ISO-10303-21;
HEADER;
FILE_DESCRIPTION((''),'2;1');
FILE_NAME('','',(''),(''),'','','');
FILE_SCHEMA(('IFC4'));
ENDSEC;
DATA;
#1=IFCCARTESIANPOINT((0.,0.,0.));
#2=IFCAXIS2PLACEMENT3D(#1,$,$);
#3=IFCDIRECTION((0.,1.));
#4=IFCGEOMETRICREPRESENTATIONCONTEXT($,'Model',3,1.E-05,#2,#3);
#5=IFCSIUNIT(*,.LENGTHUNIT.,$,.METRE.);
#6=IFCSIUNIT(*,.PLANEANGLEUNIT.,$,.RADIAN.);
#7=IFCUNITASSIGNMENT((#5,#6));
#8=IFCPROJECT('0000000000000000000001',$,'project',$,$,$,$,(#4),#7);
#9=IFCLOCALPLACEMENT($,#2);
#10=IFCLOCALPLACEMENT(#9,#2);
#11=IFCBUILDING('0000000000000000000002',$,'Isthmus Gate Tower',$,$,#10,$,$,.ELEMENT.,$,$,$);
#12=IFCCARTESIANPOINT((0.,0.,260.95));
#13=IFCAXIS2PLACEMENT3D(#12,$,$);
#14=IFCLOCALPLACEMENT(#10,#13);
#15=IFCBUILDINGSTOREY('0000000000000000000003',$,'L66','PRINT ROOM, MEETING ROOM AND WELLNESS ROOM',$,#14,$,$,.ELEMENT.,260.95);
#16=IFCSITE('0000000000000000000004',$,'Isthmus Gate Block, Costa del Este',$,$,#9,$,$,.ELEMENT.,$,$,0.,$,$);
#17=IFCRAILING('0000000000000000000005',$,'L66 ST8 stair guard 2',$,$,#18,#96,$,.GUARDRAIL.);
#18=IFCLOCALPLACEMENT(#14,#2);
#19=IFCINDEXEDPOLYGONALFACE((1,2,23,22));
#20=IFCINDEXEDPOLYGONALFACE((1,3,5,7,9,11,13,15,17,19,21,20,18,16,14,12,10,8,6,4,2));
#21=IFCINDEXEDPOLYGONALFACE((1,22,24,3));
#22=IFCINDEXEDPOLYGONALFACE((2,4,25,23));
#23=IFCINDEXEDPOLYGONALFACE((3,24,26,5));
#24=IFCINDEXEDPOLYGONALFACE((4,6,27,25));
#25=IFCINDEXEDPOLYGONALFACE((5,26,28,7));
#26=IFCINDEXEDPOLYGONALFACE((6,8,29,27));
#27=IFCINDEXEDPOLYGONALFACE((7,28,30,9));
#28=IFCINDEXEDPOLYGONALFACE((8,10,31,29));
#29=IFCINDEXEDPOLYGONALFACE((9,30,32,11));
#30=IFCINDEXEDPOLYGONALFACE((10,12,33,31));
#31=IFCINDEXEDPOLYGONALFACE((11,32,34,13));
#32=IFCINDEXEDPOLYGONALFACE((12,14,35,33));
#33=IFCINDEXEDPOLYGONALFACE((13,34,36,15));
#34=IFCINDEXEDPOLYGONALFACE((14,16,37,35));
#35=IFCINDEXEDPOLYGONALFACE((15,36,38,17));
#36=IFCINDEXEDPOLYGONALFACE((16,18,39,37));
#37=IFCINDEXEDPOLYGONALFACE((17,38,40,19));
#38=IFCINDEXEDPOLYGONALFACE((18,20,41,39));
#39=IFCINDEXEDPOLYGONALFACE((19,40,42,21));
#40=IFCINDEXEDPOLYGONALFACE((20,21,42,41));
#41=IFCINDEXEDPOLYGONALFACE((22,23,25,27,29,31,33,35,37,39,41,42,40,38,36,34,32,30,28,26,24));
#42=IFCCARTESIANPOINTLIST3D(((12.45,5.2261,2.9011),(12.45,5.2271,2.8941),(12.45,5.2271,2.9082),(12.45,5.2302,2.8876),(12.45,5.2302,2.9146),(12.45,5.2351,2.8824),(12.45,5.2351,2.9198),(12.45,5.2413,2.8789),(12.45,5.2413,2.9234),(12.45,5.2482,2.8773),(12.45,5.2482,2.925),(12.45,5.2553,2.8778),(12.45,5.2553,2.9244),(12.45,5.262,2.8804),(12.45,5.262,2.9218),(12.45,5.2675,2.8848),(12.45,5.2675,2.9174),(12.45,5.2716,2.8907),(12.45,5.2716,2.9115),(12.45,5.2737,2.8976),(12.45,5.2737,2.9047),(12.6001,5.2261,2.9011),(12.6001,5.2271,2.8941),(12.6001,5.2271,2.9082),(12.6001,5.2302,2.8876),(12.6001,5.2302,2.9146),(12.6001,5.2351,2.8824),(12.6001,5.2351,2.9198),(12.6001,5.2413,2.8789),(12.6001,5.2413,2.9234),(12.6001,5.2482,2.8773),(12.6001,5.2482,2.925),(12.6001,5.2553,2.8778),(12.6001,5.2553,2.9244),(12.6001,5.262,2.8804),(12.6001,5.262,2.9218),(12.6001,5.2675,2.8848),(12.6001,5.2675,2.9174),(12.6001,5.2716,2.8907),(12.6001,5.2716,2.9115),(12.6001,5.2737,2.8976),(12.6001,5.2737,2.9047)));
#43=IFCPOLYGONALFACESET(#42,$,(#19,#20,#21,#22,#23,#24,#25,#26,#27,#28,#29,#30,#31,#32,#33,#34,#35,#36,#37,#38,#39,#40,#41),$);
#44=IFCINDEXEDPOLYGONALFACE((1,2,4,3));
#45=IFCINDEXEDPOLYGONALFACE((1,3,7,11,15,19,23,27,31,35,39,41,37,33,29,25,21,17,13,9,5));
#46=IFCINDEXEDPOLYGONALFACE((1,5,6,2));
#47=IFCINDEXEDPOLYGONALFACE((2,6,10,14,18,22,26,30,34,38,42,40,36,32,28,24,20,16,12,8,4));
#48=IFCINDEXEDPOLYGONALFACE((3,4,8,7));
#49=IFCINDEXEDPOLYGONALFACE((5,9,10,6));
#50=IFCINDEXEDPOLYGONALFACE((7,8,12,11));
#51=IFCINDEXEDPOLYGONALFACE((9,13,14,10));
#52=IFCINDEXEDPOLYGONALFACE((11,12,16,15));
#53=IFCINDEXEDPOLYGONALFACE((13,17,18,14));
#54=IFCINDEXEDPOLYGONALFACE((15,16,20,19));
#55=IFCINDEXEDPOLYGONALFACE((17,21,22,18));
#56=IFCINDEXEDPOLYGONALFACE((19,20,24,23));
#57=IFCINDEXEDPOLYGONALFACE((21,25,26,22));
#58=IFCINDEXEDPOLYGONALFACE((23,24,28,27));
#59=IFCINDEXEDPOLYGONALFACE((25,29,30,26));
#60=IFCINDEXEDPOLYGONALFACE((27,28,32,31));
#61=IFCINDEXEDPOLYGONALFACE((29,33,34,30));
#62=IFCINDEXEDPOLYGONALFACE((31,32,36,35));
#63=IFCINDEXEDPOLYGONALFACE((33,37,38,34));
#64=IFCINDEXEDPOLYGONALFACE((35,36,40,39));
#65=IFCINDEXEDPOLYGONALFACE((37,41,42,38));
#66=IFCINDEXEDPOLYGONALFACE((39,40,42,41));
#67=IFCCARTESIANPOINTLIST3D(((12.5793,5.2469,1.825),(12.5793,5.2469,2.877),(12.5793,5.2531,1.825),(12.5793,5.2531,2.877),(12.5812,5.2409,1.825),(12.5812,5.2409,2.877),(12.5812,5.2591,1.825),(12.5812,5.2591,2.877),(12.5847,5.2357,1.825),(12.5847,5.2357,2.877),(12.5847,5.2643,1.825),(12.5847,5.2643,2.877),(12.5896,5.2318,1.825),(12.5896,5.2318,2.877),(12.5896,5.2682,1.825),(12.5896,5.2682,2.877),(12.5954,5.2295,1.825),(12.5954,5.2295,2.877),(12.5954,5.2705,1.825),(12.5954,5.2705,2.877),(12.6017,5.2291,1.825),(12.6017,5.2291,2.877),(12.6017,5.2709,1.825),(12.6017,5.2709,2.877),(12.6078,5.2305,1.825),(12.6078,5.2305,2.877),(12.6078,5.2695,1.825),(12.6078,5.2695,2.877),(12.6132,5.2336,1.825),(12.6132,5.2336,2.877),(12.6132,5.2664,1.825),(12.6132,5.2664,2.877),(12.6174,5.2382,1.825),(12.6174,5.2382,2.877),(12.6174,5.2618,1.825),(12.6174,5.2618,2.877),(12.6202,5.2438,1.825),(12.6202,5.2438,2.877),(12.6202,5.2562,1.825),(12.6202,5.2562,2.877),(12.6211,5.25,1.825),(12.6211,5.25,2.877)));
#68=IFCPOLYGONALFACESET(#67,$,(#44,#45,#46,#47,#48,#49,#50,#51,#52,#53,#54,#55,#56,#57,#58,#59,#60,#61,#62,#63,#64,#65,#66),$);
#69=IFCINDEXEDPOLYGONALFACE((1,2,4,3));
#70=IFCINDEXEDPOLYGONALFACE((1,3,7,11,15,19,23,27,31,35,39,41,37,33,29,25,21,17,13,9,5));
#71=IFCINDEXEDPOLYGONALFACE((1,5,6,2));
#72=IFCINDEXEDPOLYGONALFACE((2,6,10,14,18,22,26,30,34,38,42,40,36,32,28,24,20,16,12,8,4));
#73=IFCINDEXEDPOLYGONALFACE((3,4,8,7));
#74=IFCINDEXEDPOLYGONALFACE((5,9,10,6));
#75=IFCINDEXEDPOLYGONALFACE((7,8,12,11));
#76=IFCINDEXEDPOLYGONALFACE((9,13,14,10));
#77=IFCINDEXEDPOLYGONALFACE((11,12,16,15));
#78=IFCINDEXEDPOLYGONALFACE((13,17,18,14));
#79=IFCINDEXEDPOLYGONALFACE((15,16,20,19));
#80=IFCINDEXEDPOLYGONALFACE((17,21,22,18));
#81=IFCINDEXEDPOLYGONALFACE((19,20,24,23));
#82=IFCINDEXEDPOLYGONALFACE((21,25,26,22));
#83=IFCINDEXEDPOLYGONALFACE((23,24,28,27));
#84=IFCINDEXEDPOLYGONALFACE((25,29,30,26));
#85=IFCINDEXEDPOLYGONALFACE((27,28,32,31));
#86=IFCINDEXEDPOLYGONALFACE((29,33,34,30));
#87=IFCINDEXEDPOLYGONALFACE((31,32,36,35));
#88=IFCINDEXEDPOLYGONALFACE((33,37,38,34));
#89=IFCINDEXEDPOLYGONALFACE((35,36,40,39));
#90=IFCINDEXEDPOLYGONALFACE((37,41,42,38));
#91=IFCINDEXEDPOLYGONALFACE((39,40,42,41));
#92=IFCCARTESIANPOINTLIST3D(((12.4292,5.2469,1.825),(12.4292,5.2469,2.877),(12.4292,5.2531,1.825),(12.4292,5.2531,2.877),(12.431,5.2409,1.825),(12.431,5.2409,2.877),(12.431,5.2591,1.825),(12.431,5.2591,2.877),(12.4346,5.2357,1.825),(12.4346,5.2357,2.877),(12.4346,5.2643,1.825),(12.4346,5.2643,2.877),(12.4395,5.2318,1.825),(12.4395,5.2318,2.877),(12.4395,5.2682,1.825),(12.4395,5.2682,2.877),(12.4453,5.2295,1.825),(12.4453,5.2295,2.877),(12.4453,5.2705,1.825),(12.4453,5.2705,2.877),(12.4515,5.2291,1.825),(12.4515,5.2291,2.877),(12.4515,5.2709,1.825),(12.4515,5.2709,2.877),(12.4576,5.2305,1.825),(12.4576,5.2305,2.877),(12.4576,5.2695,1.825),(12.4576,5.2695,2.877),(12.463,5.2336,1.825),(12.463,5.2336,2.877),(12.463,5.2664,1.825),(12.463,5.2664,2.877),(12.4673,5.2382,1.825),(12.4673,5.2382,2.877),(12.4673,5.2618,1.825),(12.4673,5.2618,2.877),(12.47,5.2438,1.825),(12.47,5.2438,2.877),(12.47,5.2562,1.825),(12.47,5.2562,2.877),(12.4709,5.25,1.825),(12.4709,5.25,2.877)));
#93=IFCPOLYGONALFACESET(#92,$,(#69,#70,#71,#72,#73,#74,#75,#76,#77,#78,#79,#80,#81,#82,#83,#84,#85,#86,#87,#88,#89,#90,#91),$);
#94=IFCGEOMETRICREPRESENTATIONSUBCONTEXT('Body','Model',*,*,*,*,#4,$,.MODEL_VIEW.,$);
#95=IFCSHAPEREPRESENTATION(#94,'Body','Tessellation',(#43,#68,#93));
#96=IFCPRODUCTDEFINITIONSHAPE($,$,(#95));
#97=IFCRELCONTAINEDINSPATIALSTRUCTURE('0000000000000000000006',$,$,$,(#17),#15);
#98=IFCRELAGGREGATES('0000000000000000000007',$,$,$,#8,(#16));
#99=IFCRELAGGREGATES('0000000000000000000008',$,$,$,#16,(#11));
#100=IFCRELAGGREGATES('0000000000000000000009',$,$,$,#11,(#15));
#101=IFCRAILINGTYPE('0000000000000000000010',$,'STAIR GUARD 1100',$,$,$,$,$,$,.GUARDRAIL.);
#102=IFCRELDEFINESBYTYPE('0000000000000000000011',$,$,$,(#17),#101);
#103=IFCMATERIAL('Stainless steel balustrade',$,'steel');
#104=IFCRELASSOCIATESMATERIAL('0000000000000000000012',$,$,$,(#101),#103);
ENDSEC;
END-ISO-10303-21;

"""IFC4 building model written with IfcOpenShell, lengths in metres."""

from ifc_helpers import new_model, si_unit, direction, frame, origin, origin_2d, place, context, subcontext, project, spatial, circle, extrude, material, type_object, element, save


model = new_model("IFC4")

# Units and contexts
model_context = context("Model", 3, precision=1e-05, world=origin(), true_north=direction((0.0, 1.0)))
body_context = subcontext(model_context, "Body", "Model", "MODEL_VIEW")
ifc_project = project(units=[si_unit("LENGTHUNIT", "METRE"), si_unit("PLANEANGLEUNIT", "RADIAN")], contexts=[model_context])

# Site, building, storey
site_placement = place(None, origin())
site = spatial("IfcSite", under=ifc_project, at=site_placement, Name="Isthmus Gate Block, Costa del Este", CompositionType="ELEMENT", RefElevation=0.0)
building_placement = place(site_placement, origin())
building = spatial("IfcBuilding", under=site, at=building_placement, Name="Isthmus Gate Tower", CompositionType="ELEMENT")
storey_placement = place(building_placement, frame((0.0, 0.0, 260.95)))
storey = spatial("IfcBuildingStorey", under=building, at=storey_placement, Name="L66", Description="PRINT ROOM, MEETING ROOM AND WELLNESS ROOM", CompositionType="ELEMENT", Elevation=260.95)

# Railing
ifc_material_1 = material(Name="Stainless steel balustrade", Category="steel")
railing_type_1 = type_object("IfcRailingType", Name="STAIR GUARD 1100", PredefinedType="GUARDRAIL", material=ifc_material_1)
railing_1_placement = place(storey_placement, frame((12.6001, 5.25, 1.825)))
element("IfcRailing", 1, at=railing_1_placement, inside=storey, type_object=railing_type_1, Name="L66 ST8 stair guard 2", PredefinedType="GUARDRAIL", context=body_context, shape_type="SweptSolid", body=[
    extrude(circle(Radius=0.0239, at=origin_2d()), frame((0.0, 0.0, 1.0762), z_axis=(-1.0, 0.0, 0.0), x_axis=(0.0, -1.0, 0.0)), (0.0, 0.0, 1.0), 0.1501),
    extrude(circle(Radius=0.021, at=origin_2d()), origin(), (0.0, 0.0, 1.0), 1.052),
    extrude(circle(Radius=0.021, at=origin_2d()), frame((-0.1501, 0.0, 0.0)), (0.0, 0.0, 1.0), 1.052),
])

save(model, "model.ifc")
